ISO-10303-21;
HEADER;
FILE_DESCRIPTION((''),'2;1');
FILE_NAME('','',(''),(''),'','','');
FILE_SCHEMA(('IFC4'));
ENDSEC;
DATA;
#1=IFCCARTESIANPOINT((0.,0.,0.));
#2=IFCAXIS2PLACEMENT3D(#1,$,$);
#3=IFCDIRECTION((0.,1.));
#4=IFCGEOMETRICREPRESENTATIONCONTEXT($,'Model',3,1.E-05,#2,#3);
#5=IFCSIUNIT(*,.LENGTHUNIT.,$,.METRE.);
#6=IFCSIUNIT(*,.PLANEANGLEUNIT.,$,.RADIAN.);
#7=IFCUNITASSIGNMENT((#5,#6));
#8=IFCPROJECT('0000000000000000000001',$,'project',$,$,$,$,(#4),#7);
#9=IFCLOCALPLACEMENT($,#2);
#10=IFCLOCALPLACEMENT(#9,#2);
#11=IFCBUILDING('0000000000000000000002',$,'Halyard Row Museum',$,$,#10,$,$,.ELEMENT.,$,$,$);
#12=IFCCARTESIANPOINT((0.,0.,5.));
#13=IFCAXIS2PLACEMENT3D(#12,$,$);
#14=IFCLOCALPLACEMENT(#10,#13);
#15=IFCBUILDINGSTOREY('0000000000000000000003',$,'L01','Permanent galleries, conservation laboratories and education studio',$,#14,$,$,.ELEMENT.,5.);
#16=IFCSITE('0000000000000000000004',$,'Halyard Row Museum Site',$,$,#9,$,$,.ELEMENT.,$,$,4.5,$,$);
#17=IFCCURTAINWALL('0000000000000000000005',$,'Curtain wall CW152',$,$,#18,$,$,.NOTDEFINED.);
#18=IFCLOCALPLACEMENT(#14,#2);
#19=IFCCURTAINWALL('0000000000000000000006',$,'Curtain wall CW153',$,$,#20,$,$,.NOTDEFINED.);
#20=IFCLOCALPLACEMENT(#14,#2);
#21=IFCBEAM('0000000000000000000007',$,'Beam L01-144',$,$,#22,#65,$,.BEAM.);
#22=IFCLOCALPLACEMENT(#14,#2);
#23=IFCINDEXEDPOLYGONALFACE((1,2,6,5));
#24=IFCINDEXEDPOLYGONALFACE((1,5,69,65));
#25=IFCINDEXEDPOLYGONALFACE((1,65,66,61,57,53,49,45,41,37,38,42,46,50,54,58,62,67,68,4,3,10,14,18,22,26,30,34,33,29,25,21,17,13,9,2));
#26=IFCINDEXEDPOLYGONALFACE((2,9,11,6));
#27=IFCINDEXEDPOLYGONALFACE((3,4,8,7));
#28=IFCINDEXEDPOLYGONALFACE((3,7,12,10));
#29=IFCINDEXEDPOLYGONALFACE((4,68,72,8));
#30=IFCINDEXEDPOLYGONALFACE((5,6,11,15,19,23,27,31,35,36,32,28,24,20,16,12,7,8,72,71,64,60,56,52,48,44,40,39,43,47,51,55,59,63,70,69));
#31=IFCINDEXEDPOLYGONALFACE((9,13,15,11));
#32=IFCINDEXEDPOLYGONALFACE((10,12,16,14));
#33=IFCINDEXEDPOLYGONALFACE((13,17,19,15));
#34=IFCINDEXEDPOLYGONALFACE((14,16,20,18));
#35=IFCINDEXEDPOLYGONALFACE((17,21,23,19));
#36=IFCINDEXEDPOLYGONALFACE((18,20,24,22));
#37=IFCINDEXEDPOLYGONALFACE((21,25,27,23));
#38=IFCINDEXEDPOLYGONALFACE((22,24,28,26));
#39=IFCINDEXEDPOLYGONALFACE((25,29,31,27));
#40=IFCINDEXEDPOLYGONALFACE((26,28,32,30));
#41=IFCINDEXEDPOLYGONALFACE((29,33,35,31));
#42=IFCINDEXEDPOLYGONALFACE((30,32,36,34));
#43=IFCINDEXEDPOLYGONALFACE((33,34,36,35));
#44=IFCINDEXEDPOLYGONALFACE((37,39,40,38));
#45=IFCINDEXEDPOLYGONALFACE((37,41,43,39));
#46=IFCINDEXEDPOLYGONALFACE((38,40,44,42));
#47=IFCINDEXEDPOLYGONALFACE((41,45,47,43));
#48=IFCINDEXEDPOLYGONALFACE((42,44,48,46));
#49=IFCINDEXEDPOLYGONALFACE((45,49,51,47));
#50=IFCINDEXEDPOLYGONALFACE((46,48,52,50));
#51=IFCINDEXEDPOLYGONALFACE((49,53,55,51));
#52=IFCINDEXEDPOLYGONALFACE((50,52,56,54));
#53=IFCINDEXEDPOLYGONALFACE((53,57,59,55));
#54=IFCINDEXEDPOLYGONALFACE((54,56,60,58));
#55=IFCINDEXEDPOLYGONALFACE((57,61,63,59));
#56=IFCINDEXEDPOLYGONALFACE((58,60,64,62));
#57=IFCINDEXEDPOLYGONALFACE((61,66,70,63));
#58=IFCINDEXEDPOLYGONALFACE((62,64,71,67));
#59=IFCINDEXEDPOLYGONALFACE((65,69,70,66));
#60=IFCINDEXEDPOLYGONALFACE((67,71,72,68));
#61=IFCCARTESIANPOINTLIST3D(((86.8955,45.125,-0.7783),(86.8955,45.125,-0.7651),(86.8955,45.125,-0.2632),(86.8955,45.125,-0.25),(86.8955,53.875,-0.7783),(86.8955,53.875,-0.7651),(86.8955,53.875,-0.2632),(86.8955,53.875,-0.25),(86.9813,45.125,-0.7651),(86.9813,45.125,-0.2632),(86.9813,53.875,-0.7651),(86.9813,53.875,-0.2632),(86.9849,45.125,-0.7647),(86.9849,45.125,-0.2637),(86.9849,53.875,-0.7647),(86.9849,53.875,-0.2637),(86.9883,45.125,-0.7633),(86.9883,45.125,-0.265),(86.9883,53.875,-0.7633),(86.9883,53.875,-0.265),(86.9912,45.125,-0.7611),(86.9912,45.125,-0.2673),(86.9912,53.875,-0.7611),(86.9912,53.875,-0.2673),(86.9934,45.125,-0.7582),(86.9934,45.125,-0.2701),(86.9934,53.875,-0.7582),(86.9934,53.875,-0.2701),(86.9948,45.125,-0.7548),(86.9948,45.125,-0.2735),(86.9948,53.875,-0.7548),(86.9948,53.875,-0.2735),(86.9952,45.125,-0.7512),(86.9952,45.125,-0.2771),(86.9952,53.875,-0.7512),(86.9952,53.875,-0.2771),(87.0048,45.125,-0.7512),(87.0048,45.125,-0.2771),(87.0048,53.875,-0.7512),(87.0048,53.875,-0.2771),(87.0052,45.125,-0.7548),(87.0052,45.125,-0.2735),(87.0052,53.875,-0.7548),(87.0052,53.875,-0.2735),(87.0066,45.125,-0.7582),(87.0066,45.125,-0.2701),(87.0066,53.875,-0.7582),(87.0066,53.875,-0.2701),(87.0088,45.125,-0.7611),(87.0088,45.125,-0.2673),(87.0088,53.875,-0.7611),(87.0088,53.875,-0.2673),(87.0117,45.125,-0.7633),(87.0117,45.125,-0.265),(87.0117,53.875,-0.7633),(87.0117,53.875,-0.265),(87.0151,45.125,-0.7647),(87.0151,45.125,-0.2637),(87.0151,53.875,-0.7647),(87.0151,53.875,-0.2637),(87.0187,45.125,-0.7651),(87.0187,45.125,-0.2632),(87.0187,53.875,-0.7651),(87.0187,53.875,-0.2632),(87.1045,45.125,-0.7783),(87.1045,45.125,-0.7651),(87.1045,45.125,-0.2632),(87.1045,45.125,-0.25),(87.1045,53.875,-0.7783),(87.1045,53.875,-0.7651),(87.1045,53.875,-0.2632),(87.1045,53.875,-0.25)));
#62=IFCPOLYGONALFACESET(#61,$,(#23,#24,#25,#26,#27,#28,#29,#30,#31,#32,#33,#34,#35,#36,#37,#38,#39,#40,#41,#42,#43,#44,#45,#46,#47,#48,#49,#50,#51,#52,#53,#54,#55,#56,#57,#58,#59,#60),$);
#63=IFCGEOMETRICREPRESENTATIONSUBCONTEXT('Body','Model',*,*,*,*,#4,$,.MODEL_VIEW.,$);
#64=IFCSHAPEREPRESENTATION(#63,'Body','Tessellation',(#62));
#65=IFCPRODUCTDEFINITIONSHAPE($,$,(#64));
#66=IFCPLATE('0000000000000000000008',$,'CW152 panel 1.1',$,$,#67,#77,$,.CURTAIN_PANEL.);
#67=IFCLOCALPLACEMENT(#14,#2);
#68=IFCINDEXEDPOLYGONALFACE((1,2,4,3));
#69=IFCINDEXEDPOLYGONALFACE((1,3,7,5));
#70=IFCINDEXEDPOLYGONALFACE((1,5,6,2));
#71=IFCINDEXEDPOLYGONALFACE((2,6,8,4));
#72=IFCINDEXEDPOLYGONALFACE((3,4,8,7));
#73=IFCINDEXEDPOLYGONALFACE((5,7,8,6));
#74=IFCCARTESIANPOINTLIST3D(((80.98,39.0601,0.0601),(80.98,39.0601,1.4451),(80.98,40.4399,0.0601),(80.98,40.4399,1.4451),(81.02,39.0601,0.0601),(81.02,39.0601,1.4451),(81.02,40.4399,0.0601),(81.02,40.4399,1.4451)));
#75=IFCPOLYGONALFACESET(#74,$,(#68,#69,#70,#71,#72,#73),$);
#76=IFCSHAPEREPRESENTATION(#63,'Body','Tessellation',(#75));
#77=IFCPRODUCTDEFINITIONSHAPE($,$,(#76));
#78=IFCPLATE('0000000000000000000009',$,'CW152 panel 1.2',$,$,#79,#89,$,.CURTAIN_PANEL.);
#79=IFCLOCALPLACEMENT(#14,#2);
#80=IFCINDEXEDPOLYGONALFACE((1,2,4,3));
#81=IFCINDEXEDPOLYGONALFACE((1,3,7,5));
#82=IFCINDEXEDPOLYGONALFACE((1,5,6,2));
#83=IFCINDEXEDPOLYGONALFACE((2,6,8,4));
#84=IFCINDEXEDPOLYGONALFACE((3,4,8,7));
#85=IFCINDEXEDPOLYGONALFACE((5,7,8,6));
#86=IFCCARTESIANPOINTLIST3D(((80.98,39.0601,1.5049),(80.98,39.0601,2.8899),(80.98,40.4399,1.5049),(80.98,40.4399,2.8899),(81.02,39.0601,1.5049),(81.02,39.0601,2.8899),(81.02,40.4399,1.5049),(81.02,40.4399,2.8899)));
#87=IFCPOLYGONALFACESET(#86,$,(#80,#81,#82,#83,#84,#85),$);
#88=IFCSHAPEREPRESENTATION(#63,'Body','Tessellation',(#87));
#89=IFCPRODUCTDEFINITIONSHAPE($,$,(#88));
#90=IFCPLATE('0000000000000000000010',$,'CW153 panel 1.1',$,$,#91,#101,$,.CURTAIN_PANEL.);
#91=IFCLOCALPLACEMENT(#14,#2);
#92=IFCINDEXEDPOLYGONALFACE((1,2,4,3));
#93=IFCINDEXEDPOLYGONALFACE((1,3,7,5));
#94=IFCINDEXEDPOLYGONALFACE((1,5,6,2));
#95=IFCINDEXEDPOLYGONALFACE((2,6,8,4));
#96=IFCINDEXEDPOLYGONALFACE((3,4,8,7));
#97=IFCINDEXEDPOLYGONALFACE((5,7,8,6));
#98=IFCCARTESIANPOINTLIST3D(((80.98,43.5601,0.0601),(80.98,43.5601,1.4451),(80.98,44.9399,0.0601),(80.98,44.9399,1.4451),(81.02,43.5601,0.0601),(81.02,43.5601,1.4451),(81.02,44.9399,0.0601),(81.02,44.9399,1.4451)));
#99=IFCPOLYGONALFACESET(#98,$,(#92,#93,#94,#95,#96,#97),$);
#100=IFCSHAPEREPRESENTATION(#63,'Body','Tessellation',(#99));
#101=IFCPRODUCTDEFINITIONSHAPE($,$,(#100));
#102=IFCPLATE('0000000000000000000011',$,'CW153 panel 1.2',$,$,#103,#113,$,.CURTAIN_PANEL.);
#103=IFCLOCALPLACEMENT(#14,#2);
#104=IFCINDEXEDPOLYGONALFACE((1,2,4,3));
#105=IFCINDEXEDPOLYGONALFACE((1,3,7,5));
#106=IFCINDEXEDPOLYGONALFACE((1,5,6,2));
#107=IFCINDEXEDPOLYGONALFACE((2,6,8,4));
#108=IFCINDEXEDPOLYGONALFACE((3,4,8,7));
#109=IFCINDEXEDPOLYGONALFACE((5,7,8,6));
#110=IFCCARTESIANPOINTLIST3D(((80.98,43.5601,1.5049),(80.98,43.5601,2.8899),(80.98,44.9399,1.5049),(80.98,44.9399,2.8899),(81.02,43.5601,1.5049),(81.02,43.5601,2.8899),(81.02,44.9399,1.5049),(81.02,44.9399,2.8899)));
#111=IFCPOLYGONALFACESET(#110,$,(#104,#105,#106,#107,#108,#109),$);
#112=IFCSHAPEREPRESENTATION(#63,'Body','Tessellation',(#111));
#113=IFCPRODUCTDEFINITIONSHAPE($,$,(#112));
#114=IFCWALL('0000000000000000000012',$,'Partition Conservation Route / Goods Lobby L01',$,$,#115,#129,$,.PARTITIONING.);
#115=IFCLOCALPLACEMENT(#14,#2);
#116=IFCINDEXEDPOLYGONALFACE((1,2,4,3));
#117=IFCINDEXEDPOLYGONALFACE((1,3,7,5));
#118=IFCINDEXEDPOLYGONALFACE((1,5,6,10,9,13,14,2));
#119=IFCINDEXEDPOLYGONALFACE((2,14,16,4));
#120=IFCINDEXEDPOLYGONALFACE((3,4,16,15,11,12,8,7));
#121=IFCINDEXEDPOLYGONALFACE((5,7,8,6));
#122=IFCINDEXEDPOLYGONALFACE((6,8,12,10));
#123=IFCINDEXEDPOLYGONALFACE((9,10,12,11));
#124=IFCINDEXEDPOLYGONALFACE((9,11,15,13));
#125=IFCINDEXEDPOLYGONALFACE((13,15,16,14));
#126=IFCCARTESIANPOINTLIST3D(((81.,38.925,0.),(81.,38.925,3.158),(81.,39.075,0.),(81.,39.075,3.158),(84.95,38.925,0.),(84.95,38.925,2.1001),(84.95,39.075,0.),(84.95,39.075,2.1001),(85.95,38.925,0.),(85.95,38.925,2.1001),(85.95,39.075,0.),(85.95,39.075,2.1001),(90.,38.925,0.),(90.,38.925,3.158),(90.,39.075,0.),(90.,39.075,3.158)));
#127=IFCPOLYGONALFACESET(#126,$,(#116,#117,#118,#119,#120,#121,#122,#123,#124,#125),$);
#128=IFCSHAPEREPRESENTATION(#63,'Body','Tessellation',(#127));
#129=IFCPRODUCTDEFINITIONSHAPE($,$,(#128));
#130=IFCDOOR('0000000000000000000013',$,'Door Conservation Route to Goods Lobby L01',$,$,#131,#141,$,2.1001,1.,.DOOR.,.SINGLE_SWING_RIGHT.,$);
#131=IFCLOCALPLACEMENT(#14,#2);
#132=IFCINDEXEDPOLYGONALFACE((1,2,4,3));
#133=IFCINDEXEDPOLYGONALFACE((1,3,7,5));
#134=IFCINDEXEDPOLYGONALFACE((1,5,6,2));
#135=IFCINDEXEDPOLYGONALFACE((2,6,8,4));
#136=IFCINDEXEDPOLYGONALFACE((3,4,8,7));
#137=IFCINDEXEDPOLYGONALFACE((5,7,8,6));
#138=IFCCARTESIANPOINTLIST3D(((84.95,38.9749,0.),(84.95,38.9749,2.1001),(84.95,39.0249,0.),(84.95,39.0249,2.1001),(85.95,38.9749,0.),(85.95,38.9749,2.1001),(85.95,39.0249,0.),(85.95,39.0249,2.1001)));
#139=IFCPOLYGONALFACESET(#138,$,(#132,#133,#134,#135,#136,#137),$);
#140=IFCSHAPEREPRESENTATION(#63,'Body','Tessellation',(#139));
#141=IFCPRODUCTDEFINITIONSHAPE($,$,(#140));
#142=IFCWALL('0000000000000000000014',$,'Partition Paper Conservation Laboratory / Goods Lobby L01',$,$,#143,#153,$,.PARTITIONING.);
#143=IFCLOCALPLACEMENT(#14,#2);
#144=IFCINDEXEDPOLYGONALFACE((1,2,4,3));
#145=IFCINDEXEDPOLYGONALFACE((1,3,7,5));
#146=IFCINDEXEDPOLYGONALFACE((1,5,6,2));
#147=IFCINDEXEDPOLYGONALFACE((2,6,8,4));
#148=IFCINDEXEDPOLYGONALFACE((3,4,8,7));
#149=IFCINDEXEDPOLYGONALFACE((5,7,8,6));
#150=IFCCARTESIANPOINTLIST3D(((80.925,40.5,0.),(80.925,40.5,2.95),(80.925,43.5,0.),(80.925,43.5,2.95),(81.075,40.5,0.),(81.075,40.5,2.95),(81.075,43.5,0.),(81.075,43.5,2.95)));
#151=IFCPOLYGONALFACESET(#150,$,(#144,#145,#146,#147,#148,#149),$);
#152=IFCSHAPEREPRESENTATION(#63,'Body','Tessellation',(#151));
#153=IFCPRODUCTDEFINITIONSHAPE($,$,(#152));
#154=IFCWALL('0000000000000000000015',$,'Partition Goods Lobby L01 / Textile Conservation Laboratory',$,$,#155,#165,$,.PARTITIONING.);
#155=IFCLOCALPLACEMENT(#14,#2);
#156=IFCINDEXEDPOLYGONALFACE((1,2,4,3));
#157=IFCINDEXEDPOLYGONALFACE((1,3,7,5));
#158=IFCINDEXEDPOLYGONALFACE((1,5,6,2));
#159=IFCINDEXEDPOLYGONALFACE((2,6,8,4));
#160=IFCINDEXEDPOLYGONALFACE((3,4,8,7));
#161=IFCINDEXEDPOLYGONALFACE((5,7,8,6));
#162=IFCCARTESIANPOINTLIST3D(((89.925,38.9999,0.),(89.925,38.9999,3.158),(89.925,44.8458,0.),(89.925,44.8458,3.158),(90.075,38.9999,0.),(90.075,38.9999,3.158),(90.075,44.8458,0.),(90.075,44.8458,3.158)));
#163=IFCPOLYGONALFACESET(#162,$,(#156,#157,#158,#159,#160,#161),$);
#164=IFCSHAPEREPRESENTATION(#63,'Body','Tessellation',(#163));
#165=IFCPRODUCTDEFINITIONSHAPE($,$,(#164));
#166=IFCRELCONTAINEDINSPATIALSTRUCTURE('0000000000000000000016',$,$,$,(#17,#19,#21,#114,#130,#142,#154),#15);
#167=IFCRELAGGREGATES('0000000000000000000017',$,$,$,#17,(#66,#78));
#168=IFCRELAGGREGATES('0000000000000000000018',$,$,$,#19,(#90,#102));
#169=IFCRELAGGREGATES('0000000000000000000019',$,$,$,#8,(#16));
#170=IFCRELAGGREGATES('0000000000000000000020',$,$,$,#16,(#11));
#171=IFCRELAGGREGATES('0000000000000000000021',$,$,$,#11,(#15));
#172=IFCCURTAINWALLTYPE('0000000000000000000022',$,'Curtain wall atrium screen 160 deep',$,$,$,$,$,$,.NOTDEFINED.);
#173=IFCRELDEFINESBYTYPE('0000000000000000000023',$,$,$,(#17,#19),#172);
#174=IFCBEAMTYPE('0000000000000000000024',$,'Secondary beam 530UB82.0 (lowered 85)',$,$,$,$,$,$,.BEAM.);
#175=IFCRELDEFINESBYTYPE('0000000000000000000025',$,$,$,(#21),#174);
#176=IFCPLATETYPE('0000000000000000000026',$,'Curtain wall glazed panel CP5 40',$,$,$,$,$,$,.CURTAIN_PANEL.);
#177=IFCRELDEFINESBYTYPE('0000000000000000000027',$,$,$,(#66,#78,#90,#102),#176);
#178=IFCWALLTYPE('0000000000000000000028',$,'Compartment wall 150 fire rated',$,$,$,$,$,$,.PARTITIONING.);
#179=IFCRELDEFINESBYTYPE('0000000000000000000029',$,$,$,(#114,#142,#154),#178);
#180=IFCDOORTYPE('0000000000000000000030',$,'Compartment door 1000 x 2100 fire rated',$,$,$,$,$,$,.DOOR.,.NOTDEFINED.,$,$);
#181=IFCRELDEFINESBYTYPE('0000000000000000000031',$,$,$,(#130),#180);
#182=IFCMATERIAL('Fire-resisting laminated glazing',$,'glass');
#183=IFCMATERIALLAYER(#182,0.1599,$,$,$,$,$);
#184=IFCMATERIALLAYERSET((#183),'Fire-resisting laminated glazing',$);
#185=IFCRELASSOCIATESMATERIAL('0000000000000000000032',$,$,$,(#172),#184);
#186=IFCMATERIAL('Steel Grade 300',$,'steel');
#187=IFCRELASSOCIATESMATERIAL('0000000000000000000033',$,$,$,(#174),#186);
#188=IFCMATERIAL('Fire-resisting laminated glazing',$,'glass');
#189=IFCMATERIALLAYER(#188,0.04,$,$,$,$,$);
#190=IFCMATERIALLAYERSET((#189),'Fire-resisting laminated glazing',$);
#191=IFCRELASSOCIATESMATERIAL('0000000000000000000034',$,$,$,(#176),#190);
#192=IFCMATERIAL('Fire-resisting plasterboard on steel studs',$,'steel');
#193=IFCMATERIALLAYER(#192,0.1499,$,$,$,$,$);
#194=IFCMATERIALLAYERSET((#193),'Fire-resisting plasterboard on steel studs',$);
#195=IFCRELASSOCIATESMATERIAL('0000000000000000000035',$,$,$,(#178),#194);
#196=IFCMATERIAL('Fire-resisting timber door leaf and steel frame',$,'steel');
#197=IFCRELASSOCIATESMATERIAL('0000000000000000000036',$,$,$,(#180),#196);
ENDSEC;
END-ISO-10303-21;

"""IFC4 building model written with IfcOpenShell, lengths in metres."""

from ifc_helpers import new_model, si_unit, direction, frame, frame_2d, origin, origin_2d, place, context, subcontext, project, spatial, rectangle, i_section, extrude, material, layer, layer_set, material_profile, profile_set, type_object, element, fill, aggregate, save


model = new_model("IFC4")

# Units and contexts
model_context = context("Model", 3, precision=1e-05, world=origin(), true_north=direction((0.0, 1.0)))
body_context = subcontext(model_context, "Body", "Model", "MODEL_VIEW")
ifc_project = project(units=[si_unit("LENGTHUNIT", "METRE"), si_unit("PLANEANGLEUNIT", "RADIAN")], contexts=[model_context])

# Site, building, storey
site_placement = place(None, origin())
site = spatial("IfcSite", under=ifc_project, at=site_placement, Name="Halyard Row Museum Site", CompositionType="ELEMENT", RefElevation=4.5)
building_placement = place(site_placement, origin())
building = spatial("IfcBuilding", under=site, at=building_placement, Name="Halyard Row Museum", CompositionType="ELEMENT")
storey_placement = place(building_placement, frame((0.0, 0.0, 5.0)))
storey = spatial("IfcBuildingStorey", under=building, at=storey_placement, Name="L01", Description="Permanent galleries, conservation laboratories and education studio", CompositionType="ELEMENT", Elevation=5.0)

# Curtain walls
ifc_material_1 = material(Name="Fire-resisting laminated glazing", Category="glass")
ifc_layer_1 = layer(ifc_material_1, 0.1599)
ifc_layer_set_1 = layer_set([ifc_layer_1], Name="Fire-resisting laminated glazing")
curtain_wall_type = type_object("IfcCurtainWallType", Name="Curtain wall atrium screen 160 deep", PredefinedType="NOTDEFINED", material=ifc_layer_set_1)
curtain_wall_1_placement = place(storey_placement, origin())
curtain_wall_1 = element("IfcCurtainWall", 1, at=curtain_wall_1_placement, inside=storey, type_object=curtain_wall_type, Name="Curtain wall CW152", PredefinedType="NOTDEFINED")
curtain_wall_2_placement = place(storey_placement, origin())
curtain_wall_2 = element("IfcCurtainWall", 2, at=curtain_wall_2_placement, inside=storey, type_object=curtain_wall_type, Name="Curtain wall CW153", PredefinedType="NOTDEFINED")

# Beam
ifc_material_2 = material(Name="Steel Grade 300", Category="steel")
ifc_material_profile_1 = material_profile(ifc_material_2, i_section(OverallWidth=0.209, OverallDepth=0.5283, WebThickness=0.0095, FlangeThickness=0.0132, FilletRadius=0.0139, at=origin_2d()), Name="530UB82.0")
ifc_profile_set_1 = profile_set([ifc_material_profile_1], Name="Steel Grade 300")
beam_type_1 = type_object("IfcBeamType", Name="Secondary beam 530UB82.0 (lowered 85)", PredefinedType="BEAM", material=ifc_profile_set_1)
for number, where, z_axis, x_axis, name in (
    (3, (87.0, 45.125, -0.5142), (0.0, 1.0, 0.0), (-1.0, 0.0, 0.0), "Beam L01-144"),
):
    element("IfcBeam", number, at=place(storey_placement, frame(where, z_axis=z_axis, x_axis=x_axis)), inside=storey, type_object=beam_type_1, Name=name, PredefinedType="BEAM", context=body_context, shape_type="SweptSolid", body=[
        extrude(i_section(OverallWidth=0.209, OverallDepth=0.5283, WebThickness=0.0095, FlangeThickness=0.0132, FilletRadius=0.0139, at=origin_2d()), origin(), (0.0, 0.0, 1.0), 8.75),
    ])

# Plates
ifc_material_3 = material(Name="Fire-resisting laminated glazing", Category="glass")
ifc_layer_2 = layer(ifc_material_3, 0.04)
ifc_layer_set_2 = layer_set([ifc_layer_2], Name="Fire-resisting laminated glazing")
plate_type = type_object("IfcPlateType", Name="Curtain wall glazed panel CP5 40", PredefinedType="CURTAIN_PANEL", material=ifc_layer_set_2)
plate_1_placement = place(storey_placement, frame((81.0, 39.75, 0.0601), z_axis=(0.0, 0.0, 1.0), x_axis=(0.0, 1.0, 0.0)))
plate_1 = element("IfcPlate", 4, at=plate_1_placement, type_object=plate_type, Name="CW152 panel 1.1", PredefinedType="CURTAIN_PANEL", context=body_context, shape_type="SweptSolid", body=[
    extrude(rectangle(XDim=1.3799, YDim=0.04, at=origin_2d()), origin(), (0.0, 0.0, 1.0), 1.385),
])
plate_2_placement = place(storey_placement, frame((81.0, 39.75, 1.5049), z_axis=(0.0, 0.0, 1.0), x_axis=(0.0, 1.0, 0.0)))
plate_2 = element("IfcPlate", 5, at=plate_2_placement, type_object=plate_type, Name="CW152 panel 1.2", PredefinedType="CURTAIN_PANEL", context=body_context, shape_type="SweptSolid", body=[
    extrude(rectangle(XDim=1.3799, YDim=0.04, at=origin_2d()), origin(), (0.0, 0.0, 1.0), 1.385),
])
aggregate(curtain_wall_1, [plate_1, plate_2])
plate_3_placement = place(storey_placement, frame((81.0, 44.25, 0.0601), z_axis=(0.0, 0.0, 1.0), x_axis=(0.0, 1.0, 0.0)))
plate_3 = element("IfcPlate", 6, at=plate_3_placement, type_object=plate_type, Name="CW153 panel 1.1", PredefinedType="CURTAIN_PANEL", context=body_context, shape_type="SweptSolid", body=[
    extrude(rectangle(XDim=1.3799, YDim=0.04, at=origin_2d()), origin(), (0.0, 0.0, 1.0), 1.385),
])
plate_4_placement = place(storey_placement, frame((81.0, 44.25, 1.5049), z_axis=(0.0, 0.0, 1.0), x_axis=(0.0, 1.0, 0.0)))
plate_4 = element("IfcPlate", 7, at=plate_4_placement, type_object=plate_type, Name="CW153 panel 1.2", PredefinedType="CURTAIN_PANEL", context=body_context, shape_type="SweptSolid", body=[
    extrude(rectangle(XDim=1.3799, YDim=0.04, at=origin_2d()), origin(), (0.0, 0.0, 1.0), 1.385),
])
aggregate(curtain_wall_2, [plate_3, plate_4])

# Wall, opening, door
ifc_material_4 = material(Name="Fire-resisting plasterboard on steel studs", Category="steel")
ifc_layer_3 = layer(ifc_material_4, 0.1499)
ifc_layer_set_3 = layer_set([ifc_layer_3], Name="Fire-resisting plasterboard on steel studs")
wall_type = type_object("IfcWallType", Name="Compartment wall 150 fire rated", PredefinedType="PARTITIONING", material=ifc_layer_set_3)
wall_1_placement = place(storey_placement, frame((81.0, 39.0, 0.0), z_axis=(0.0, 0.0, 1.0), x_axis=(1.0, 0.0, 0.0)))
wall_1 = element("IfcWall", 8, at=wall_1_placement, inside=storey, type_object=wall_type, Name="Partition Conservation Route / Goods Lobby L01", PredefinedType="PARTITIONING", context=body_context, shape_type="SweptSolid", body=[
    extrude(rectangle(XDim=9.0, YDim=0.1499, at=frame_2d((4.5, 0.0))), origin(), (0.0, 0.0, 1.0), 3.158),
])
opening_placement = place(wall_1_placement, frame((3.95, 0.0, 0.0)))
opening = element("IfcOpeningElement", 9, at=opening_placement, cuts=wall_1, PredefinedType="OPENING", context=body_context, shape_type="SweptSolid", body=[
    extrude(rectangle(XDim=1.0, YDim=2.1001, at=frame_2d((0.5, 1.05))), frame((0.0, 0.085, 0.0), z_axis=(0.0, -1.0, 0.0), x_axis=(1.0, 0.0, 0.0)), (0.0, 0.0, 1.0), 0.1699),
])
ifc_material_5 = material(Name="Fire-resisting timber door leaf and steel frame", Category="steel")
door_type = type_object("IfcDoorType", Name="Compartment door 1000 x 2100 fire rated", OperationType="NOTDEFINED", PredefinedType="DOOR", material=ifc_material_5)
door_placement = place(opening_placement, origin())
door = element("IfcDoor", 10, at=door_placement, inside=storey, type_object=door_type, Name="Door Conservation Route to Goods Lobby L01", OperationType="SINGLE_SWING_RIGHT", OverallHeight=2.1001, OverallWidth=1.0, PredefinedType="DOOR", context=body_context, shape_type="SweptSolid", body=[
    extrude(rectangle(XDim=1.0, YDim=2.1001, at=frame_2d((0.5, 1.05))), frame((0.0, 0.0249, 0.0), z_axis=(0.0, -1.0, 0.0), x_axis=(1.0, 0.0, 0.0)), (0.0, 0.0, 1.0), 0.05),
])
fill(opening, door)

# Walls
wall_2_placement = place(storey_placement, frame((81.0, 40.5, 0.0), z_axis=(0.0, 0.0, 1.0), x_axis=(0.0, 1.0, 0.0)))
element("IfcWall", 11, at=wall_2_placement, inside=storey, type_object=wall_type, Name="Partition Paper Conservation Laboratory / Goods Lobby L01", PredefinedType="PARTITIONING", context=body_context, shape_type="SweptSolid", body=[
    extrude(rectangle(XDim=3.0, YDim=0.1499, at=frame_2d((1.5, 0.0))), origin(), (0.0, 0.0, 1.0), 2.95),
])
wall_3_placement = place(storey_placement, frame((90.0, 39.0, 0.0), z_axis=(0.0, 0.0, 1.0), x_axis=(0.0, 1.0, 0.0)))
element("IfcWall", 12, at=wall_3_placement, inside=storey, type_object=wall_type, Name="Partition Goods Lobby L01 / Textile Conservation Laboratory", PredefinedType="PARTITIONING", context=body_context, shape_type="SweptSolid", body=[
    extrude(rectangle(XDim=5.8459, YDim=0.1499, at=frame_2d((2.9229, 0.0))), origin(), (0.0, 0.0, 1.0), 3.158),
])

save(model, "model.ifc")
